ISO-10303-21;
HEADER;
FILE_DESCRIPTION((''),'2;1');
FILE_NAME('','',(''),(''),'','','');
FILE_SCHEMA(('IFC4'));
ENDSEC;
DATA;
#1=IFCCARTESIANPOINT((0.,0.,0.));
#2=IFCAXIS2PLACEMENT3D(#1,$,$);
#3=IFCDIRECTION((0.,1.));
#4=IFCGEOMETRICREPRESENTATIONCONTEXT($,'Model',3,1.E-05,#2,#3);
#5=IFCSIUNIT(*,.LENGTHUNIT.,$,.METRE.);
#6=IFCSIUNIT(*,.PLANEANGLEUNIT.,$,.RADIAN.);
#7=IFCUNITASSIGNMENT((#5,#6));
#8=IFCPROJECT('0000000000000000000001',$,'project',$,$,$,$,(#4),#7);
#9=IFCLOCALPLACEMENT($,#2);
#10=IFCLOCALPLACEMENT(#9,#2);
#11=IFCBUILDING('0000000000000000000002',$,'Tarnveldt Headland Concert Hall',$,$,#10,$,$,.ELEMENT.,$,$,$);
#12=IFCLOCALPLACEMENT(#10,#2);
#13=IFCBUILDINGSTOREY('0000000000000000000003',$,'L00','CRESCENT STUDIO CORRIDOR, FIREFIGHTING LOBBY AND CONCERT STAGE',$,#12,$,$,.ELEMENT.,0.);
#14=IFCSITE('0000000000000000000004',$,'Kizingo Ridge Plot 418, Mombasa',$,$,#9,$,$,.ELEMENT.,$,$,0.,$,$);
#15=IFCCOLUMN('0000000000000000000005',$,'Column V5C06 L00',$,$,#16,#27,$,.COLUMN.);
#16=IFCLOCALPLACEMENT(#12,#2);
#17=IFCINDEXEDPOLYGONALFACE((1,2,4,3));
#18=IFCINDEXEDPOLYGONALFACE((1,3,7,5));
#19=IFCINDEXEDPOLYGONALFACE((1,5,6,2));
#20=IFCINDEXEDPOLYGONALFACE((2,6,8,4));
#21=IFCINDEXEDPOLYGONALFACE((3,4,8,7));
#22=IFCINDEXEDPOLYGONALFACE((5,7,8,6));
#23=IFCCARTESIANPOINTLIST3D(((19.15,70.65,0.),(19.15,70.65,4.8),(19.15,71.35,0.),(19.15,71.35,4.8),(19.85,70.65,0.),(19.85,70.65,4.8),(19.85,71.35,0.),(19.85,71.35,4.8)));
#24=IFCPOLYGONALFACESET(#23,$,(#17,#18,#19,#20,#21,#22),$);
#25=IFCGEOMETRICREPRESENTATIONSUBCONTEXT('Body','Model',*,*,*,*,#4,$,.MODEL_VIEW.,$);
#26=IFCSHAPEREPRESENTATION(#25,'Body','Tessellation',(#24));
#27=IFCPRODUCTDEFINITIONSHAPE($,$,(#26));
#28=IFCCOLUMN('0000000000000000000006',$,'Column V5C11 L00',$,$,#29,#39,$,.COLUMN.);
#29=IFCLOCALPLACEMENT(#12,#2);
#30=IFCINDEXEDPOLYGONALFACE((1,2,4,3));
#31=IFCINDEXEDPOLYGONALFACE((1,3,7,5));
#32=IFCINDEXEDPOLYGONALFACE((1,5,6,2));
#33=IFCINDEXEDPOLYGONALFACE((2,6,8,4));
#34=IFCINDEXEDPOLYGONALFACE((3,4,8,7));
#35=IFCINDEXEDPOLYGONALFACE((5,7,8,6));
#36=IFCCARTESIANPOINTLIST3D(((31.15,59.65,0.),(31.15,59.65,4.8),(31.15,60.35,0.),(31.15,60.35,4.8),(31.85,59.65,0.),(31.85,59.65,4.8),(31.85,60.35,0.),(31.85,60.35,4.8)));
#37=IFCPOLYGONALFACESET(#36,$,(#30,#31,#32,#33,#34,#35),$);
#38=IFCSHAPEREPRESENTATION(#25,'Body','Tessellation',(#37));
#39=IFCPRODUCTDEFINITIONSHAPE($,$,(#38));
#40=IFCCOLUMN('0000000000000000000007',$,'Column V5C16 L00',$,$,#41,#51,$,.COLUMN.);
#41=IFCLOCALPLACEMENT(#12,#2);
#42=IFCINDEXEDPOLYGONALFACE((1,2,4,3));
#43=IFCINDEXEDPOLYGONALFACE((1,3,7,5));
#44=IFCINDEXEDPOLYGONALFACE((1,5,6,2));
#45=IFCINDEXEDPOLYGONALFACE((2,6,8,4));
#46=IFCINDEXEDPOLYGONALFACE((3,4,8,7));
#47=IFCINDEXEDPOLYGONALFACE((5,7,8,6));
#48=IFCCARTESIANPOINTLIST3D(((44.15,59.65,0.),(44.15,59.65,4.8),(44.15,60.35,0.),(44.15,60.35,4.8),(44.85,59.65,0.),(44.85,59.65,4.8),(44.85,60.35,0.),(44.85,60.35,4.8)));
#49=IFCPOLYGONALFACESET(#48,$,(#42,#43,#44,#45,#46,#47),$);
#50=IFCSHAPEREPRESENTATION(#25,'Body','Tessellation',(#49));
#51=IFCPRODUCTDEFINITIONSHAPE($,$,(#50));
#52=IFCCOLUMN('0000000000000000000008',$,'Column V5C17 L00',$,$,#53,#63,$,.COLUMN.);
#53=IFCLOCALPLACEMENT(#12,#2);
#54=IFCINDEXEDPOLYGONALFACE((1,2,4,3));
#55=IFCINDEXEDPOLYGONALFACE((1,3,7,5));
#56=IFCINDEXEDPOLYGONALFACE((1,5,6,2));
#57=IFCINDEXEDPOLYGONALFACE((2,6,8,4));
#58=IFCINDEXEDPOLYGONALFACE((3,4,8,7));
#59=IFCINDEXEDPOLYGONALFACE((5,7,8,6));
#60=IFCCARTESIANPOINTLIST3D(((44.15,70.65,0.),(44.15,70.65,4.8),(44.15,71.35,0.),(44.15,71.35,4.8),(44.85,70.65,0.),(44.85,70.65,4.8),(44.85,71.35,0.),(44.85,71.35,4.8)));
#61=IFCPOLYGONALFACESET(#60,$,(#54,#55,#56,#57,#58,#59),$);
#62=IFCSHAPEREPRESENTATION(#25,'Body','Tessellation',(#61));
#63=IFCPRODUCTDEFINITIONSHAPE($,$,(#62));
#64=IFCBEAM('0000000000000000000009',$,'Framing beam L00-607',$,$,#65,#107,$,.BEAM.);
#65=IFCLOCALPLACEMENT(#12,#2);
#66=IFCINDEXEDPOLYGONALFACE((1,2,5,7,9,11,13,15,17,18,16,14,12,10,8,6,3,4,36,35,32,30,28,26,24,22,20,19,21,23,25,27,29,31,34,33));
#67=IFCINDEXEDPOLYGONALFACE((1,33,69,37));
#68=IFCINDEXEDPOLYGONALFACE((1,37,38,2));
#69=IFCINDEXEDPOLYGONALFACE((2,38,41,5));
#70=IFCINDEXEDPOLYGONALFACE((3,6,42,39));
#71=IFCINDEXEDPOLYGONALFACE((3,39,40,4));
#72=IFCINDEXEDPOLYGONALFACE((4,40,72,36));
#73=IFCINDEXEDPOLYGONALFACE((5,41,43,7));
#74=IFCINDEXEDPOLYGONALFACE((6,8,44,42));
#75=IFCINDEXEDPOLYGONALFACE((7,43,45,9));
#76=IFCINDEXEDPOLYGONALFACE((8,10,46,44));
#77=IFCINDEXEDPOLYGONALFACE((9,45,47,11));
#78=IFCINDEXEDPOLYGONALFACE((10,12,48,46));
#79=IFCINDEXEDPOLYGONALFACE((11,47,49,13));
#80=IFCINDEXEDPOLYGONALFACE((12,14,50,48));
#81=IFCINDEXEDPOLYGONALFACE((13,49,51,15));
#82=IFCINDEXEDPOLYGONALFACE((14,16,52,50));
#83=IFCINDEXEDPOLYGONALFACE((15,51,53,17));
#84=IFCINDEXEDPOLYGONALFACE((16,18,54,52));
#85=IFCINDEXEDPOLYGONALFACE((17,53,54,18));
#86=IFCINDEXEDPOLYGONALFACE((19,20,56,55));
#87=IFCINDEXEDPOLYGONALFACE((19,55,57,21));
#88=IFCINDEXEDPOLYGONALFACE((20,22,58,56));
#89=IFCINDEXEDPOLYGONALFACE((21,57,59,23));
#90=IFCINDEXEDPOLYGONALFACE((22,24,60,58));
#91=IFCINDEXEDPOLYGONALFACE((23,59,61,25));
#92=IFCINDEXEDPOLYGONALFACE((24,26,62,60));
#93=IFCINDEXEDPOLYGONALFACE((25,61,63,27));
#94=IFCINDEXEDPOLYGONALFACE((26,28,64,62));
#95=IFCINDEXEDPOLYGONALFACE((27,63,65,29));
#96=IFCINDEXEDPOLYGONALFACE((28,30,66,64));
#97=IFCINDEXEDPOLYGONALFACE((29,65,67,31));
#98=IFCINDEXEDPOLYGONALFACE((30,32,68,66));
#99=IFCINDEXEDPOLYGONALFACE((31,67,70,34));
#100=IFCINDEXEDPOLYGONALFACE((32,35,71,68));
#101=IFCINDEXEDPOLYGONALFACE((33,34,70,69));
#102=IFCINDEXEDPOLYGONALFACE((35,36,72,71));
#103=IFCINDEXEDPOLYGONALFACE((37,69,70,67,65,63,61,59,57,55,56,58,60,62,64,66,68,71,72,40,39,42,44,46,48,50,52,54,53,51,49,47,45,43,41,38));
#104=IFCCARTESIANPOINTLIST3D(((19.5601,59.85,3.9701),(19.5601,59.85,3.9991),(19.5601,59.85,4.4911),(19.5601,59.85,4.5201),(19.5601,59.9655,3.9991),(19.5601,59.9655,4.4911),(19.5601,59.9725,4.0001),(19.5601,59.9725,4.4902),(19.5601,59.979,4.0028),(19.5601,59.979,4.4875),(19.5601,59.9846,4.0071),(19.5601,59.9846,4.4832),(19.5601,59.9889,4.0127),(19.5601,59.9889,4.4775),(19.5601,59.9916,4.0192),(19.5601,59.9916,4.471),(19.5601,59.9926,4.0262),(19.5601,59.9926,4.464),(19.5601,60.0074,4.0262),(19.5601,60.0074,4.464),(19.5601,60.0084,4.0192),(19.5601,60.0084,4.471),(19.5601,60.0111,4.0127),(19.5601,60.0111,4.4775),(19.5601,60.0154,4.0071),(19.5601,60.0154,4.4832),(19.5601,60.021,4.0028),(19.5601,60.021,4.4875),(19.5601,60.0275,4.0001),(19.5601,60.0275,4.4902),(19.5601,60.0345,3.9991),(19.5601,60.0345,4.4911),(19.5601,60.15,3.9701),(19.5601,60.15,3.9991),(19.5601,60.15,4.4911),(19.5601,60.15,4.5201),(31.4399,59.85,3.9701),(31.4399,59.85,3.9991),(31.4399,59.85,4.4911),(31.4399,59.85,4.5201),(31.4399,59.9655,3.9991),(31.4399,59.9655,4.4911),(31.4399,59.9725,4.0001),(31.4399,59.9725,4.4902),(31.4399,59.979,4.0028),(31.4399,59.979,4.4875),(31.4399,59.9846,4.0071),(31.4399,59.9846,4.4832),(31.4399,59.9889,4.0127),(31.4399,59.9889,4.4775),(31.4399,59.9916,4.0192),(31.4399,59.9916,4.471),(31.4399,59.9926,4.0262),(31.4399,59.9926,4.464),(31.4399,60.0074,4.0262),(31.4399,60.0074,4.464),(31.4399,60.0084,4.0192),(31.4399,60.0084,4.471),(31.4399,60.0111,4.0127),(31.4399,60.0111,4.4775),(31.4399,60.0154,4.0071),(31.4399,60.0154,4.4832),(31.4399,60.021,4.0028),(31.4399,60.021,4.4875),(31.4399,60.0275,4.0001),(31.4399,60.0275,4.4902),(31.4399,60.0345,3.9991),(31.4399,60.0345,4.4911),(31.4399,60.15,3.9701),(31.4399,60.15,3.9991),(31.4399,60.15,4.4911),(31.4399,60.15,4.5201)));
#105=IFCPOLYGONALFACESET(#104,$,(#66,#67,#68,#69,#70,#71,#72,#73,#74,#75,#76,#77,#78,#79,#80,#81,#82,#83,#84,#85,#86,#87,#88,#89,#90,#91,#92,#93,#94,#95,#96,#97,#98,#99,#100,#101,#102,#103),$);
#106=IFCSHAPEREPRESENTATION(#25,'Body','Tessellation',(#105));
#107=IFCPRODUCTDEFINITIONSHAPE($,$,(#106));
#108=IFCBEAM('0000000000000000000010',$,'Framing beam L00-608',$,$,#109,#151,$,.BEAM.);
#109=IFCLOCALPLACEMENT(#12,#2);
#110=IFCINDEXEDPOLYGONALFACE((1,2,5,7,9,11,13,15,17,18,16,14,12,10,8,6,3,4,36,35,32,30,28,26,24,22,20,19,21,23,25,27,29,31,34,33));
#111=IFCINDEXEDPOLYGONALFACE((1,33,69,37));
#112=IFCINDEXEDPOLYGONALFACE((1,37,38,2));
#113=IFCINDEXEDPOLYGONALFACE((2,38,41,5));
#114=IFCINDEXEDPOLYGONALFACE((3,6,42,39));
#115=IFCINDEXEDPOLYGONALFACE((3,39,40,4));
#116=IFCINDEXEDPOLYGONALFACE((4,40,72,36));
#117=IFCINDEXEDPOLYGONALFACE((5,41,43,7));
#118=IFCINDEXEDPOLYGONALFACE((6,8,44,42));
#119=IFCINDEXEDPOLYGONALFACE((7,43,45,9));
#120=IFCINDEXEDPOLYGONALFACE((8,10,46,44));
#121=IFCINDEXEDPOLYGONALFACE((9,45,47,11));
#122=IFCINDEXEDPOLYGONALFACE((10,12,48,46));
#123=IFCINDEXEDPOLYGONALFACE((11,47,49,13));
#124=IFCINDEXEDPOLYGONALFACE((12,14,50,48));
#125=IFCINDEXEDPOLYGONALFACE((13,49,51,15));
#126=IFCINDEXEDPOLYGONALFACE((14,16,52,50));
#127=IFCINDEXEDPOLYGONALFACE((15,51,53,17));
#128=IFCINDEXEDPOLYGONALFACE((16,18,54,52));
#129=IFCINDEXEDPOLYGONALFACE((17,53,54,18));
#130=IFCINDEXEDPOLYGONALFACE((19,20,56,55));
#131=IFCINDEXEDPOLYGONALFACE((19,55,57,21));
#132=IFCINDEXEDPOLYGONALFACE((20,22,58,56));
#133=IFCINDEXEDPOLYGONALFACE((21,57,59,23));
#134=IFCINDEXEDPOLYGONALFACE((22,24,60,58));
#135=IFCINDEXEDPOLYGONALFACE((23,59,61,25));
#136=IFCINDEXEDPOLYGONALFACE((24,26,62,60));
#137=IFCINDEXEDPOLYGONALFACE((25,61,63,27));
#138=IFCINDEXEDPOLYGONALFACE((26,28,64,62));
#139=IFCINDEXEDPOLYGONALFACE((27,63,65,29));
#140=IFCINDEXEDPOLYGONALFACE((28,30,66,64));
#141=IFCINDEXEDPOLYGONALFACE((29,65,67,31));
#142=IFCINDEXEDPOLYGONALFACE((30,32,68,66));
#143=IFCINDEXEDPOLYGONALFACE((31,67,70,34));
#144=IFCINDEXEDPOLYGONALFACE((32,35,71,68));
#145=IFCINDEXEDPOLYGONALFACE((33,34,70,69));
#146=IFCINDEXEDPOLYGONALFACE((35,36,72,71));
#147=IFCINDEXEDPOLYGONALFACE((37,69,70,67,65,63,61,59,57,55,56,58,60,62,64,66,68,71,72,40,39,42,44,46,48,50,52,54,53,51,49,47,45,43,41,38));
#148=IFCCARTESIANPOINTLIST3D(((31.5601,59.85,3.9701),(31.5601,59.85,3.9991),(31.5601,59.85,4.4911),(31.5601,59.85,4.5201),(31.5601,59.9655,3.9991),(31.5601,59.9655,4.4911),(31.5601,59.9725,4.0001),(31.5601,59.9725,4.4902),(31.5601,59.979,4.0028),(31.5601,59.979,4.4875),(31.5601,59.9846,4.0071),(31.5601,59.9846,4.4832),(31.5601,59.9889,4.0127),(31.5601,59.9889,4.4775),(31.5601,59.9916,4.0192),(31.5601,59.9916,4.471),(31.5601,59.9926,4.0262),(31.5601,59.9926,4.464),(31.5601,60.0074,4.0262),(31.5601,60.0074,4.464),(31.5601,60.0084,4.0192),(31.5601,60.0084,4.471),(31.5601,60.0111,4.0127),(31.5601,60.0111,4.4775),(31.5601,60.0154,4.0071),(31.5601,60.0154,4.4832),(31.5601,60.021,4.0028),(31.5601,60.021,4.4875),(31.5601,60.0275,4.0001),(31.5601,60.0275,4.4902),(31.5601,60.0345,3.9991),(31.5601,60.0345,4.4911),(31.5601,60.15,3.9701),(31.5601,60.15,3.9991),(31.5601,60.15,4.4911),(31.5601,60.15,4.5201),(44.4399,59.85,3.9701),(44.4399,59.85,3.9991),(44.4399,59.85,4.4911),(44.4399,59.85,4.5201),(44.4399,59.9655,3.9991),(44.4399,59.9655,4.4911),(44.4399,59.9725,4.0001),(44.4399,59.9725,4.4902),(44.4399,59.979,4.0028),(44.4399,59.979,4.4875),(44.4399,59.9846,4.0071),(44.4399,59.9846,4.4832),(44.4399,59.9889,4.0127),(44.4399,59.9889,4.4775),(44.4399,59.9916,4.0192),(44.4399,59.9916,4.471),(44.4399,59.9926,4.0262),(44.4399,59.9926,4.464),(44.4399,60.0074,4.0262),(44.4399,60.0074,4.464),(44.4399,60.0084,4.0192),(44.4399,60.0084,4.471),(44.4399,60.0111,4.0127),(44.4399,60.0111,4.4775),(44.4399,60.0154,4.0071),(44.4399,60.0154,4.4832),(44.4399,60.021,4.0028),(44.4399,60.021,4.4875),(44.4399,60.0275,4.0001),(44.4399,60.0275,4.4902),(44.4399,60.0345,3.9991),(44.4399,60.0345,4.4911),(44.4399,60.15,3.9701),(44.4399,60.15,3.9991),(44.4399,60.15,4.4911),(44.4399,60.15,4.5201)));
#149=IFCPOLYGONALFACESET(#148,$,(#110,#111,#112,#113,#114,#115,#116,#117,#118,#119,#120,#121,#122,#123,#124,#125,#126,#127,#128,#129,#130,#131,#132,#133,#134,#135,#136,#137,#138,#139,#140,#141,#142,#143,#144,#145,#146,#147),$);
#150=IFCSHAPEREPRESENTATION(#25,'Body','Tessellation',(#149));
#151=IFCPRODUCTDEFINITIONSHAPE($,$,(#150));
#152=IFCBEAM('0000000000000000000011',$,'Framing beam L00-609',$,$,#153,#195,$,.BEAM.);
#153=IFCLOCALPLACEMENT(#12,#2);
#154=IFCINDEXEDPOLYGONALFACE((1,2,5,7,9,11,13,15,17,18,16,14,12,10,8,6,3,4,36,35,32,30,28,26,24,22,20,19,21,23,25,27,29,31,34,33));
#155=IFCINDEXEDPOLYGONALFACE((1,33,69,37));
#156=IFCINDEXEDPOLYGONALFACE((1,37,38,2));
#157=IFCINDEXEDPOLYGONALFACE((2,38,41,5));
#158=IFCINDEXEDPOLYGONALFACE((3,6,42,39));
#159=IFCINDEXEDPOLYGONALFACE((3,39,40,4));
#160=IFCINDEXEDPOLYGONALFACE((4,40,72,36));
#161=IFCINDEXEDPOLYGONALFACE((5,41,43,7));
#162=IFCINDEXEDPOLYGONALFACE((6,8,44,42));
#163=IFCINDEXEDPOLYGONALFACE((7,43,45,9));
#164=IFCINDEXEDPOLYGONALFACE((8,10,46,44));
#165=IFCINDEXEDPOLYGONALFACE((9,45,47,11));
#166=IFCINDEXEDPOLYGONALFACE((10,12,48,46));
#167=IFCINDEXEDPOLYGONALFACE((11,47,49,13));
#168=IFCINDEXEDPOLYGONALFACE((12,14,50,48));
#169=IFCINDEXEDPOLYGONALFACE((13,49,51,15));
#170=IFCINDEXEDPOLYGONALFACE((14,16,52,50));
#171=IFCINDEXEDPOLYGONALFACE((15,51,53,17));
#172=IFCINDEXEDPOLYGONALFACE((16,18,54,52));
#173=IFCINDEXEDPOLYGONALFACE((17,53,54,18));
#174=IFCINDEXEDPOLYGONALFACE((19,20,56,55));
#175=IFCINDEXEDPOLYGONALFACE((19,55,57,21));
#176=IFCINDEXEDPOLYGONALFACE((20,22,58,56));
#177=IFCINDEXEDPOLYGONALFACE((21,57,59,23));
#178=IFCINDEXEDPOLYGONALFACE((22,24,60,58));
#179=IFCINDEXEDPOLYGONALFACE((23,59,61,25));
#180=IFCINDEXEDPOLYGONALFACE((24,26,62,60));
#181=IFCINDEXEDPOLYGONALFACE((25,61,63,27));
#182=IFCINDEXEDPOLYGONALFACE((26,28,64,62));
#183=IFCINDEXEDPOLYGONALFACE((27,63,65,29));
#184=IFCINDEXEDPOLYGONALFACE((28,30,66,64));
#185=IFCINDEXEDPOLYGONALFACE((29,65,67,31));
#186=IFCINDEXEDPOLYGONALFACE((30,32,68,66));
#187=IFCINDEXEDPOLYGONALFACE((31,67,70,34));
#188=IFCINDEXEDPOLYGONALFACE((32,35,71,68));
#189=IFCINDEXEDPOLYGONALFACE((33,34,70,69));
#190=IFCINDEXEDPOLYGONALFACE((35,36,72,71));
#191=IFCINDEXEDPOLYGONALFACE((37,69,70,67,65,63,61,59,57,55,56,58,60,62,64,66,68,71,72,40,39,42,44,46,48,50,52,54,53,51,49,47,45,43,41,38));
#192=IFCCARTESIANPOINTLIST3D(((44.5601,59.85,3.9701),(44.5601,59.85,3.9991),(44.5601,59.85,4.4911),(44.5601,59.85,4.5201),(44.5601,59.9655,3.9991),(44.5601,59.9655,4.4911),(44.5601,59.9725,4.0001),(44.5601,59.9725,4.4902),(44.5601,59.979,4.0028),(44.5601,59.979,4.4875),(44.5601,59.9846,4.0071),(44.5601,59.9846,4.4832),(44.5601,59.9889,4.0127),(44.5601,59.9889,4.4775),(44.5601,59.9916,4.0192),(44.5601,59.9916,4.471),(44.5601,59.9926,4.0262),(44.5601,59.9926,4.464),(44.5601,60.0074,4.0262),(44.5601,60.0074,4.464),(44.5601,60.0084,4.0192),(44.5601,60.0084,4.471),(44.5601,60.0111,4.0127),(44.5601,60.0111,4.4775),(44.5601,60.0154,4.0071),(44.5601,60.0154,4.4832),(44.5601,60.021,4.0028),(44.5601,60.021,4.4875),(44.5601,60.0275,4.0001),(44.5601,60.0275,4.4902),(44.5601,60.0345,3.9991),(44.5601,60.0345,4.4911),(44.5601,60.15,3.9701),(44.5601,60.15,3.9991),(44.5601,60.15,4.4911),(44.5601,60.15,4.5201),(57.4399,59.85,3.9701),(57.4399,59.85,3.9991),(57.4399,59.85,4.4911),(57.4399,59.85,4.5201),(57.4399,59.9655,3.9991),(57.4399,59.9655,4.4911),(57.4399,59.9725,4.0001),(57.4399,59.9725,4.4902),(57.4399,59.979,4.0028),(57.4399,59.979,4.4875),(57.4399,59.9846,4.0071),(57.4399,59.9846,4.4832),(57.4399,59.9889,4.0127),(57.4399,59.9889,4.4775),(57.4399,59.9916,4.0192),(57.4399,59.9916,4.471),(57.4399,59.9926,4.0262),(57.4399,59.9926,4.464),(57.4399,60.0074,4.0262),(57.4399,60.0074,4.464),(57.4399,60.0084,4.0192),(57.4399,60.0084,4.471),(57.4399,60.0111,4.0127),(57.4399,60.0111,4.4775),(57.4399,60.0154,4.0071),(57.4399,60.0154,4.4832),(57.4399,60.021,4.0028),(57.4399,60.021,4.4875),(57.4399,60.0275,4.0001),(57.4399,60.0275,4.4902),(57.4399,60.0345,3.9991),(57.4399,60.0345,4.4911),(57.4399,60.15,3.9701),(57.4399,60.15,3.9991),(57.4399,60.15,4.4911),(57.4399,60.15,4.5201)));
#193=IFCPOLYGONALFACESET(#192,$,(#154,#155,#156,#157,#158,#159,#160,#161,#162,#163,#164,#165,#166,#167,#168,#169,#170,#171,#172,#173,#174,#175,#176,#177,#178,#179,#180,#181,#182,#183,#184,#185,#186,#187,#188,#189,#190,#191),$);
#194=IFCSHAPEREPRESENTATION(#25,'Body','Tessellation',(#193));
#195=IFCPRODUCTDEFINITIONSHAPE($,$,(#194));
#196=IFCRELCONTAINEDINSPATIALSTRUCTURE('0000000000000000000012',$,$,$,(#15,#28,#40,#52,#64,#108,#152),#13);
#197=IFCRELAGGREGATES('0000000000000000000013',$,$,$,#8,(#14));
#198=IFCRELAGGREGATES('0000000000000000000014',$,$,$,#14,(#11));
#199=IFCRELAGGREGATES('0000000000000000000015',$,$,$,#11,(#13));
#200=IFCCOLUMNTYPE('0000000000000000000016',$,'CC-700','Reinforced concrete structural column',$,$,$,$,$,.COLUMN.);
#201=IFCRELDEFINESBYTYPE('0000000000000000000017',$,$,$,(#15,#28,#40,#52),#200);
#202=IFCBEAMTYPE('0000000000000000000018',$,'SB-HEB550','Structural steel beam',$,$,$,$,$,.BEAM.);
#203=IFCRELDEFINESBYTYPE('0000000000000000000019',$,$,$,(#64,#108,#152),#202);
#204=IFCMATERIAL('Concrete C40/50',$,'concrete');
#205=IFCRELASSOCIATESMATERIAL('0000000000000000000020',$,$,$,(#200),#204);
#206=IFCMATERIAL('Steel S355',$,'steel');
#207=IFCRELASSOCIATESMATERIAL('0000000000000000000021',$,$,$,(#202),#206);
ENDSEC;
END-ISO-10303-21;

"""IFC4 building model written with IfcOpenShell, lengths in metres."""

from ifc_helpers import new_model, si_unit, direction, frame, origin, origin_2d, place, context, subcontext, project, spatial, rectangle, i_section, extrude, material, material_profile, profile_set, type_object, element, save


model = new_model("IFC4")

# Units and contexts
model_context = context("Model", 3, precision=1e-05, world=origin(), true_north=direction((0.0, 1.0)))
body_context = subcontext(model_context, "Body", "Model", "MODEL_VIEW")
ifc_project = project(units=[si_unit("LENGTHUNIT", "METRE"), si_unit("PLANEANGLEUNIT", "RADIAN")], contexts=[model_context])

# Site, building, storey
site_placement = place(None, origin())
site = spatial("IfcSite", under=ifc_project, at=site_placement, Name="Kizingo Ridge Plot 418, Mombasa", CompositionType="ELEMENT", RefElevation=0.0)
building_placement = place(site_placement, origin())
building = spatial("IfcBuilding", under=site, at=building_placement, Name="Tarnveldt Headland Concert Hall", CompositionType="ELEMENT")
storey_placement = place(building_placement, origin())
storey = spatial("IfcBuildingStorey", under=building, at=storey_placement, Name="L00", Description="CRESCENT STUDIO CORRIDOR, FIREFIGHTING LOBBY AND CONCERT STAGE", CompositionType="ELEMENT", Elevation=0.0)

# Columns
ifc_material_1 = material(Name="Concrete C40/50", Category="concrete")
ifc_material_profile_1 = material_profile(ifc_material_1, rectangle(XDim=0.7, YDim=0.7, at=origin_2d()), Name="RC 700x700", Category="concrete")
ifc_profile_set_1 = profile_set([ifc_material_profile_1], Name="Concrete C40/50")
column_type = type_object("IfcColumnType", Name="CC-700", Description="Reinforced concrete structural column", PredefinedType="COLUMN", material=ifc_profile_set_1)
for number, where, z_axis, x_axis, name in (
    (1, (19.5, 71.0, 0.0), (0.0, 0.0, 1.0), (1.0, 0.0, 0.0), "Column V5C06 L00"),
    (2, (31.5, 60.0, 0.0), (0.0, 0.0, 1.0), (1.0, 0.0, 0.0), "Column V5C11 L00"),
    (3, (44.5, 60.0, 0.0), (0.0, 0.0, 1.0), (1.0, 0.0, 0.0), "Column V5C16 L00"),
    (4, (44.5, 71.0, 0.0), (0.0, 0.0, 1.0), (1.0, 0.0, 0.0), "Column V5C17 L00"),
):
    element("IfcColumn", number, at=place(storey_placement, frame(where, z_axis=z_axis, x_axis=x_axis)), inside=storey, type_object=column_type, Name=name, PredefinedType="COLUMN", context=body_context, shape_type="SweptSolid", body=[
        extrude(rectangle(XDim=0.7, YDim=0.7, at=origin_2d()), origin(), (0.0, 0.0, 1.0), 4.8),
    ])

# Beams
ifc_material_2 = material(Name="Steel S355", Category="steel")
ifc_material_profile_2 = material_profile(ifc_material_2, i_section(OverallWidth=0.3, OverallDepth=0.55, WebThickness=0.0149, FlangeThickness=0.0291, FilletRadius=0.0271, at=origin_2d()), Name="HEB550", Category="steel")
ifc_profile_set_2 = profile_set([ifc_material_profile_2], Name="Steel S355")
beam_type = type_object("IfcBeamType", Name="SB-HEB550", Description="Structural steel beam", PredefinedType="BEAM", material=ifc_profile_set_2)
beam_1_placement = place(storey_placement, frame((19.5601, 60.0, 4.2451), z_axis=(1.0, 0.0, 0.0), x_axis=(0.0, 1.0, 0.0)))
element("IfcBeam", 5, at=beam_1_placement, inside=storey, type_object=beam_type, Name="Framing beam L00-607", PredefinedType="BEAM", context=body_context, shape_type="SweptSolid", body=[
    extrude(i_section(OverallWidth=0.3, OverallDepth=0.55, WebThickness=0.0149, FlangeThickness=0.0291, FilletRadius=0.0271, at=origin_2d()), origin(), (0.0, 0.0, 1.0), 11.8799),
])
for number, where, z_axis, x_axis, name in (
    (6, (31.5601, 60.0, 4.2451), (1.0, 0.0, 0.0), (0.0, 1.0, 0.0), "Framing beam L00-608"),
    (7, (44.5601, 60.0, 4.2451), (1.0, 0.0, 0.0), (0.0, 1.0, 0.0), "Framing beam L00-609"),
):
    element("IfcBeam", number, at=place(storey_placement, frame(where, z_axis=z_axis, x_axis=x_axis)), inside=storey, type_object=beam_type, Name=name, PredefinedType="BEAM", context=body_context, shape_type="SweptSolid", body=[
        extrude(i_section(OverallWidth=0.3, OverallDepth=0.55, WebThickness=0.0149, FlangeThickness=0.0291, FilletRadius=0.0271, at=origin_2d()), origin(), (0.0, 0.0, 1.0), 12.8799),
    ])

save(model, "model.ifc")
